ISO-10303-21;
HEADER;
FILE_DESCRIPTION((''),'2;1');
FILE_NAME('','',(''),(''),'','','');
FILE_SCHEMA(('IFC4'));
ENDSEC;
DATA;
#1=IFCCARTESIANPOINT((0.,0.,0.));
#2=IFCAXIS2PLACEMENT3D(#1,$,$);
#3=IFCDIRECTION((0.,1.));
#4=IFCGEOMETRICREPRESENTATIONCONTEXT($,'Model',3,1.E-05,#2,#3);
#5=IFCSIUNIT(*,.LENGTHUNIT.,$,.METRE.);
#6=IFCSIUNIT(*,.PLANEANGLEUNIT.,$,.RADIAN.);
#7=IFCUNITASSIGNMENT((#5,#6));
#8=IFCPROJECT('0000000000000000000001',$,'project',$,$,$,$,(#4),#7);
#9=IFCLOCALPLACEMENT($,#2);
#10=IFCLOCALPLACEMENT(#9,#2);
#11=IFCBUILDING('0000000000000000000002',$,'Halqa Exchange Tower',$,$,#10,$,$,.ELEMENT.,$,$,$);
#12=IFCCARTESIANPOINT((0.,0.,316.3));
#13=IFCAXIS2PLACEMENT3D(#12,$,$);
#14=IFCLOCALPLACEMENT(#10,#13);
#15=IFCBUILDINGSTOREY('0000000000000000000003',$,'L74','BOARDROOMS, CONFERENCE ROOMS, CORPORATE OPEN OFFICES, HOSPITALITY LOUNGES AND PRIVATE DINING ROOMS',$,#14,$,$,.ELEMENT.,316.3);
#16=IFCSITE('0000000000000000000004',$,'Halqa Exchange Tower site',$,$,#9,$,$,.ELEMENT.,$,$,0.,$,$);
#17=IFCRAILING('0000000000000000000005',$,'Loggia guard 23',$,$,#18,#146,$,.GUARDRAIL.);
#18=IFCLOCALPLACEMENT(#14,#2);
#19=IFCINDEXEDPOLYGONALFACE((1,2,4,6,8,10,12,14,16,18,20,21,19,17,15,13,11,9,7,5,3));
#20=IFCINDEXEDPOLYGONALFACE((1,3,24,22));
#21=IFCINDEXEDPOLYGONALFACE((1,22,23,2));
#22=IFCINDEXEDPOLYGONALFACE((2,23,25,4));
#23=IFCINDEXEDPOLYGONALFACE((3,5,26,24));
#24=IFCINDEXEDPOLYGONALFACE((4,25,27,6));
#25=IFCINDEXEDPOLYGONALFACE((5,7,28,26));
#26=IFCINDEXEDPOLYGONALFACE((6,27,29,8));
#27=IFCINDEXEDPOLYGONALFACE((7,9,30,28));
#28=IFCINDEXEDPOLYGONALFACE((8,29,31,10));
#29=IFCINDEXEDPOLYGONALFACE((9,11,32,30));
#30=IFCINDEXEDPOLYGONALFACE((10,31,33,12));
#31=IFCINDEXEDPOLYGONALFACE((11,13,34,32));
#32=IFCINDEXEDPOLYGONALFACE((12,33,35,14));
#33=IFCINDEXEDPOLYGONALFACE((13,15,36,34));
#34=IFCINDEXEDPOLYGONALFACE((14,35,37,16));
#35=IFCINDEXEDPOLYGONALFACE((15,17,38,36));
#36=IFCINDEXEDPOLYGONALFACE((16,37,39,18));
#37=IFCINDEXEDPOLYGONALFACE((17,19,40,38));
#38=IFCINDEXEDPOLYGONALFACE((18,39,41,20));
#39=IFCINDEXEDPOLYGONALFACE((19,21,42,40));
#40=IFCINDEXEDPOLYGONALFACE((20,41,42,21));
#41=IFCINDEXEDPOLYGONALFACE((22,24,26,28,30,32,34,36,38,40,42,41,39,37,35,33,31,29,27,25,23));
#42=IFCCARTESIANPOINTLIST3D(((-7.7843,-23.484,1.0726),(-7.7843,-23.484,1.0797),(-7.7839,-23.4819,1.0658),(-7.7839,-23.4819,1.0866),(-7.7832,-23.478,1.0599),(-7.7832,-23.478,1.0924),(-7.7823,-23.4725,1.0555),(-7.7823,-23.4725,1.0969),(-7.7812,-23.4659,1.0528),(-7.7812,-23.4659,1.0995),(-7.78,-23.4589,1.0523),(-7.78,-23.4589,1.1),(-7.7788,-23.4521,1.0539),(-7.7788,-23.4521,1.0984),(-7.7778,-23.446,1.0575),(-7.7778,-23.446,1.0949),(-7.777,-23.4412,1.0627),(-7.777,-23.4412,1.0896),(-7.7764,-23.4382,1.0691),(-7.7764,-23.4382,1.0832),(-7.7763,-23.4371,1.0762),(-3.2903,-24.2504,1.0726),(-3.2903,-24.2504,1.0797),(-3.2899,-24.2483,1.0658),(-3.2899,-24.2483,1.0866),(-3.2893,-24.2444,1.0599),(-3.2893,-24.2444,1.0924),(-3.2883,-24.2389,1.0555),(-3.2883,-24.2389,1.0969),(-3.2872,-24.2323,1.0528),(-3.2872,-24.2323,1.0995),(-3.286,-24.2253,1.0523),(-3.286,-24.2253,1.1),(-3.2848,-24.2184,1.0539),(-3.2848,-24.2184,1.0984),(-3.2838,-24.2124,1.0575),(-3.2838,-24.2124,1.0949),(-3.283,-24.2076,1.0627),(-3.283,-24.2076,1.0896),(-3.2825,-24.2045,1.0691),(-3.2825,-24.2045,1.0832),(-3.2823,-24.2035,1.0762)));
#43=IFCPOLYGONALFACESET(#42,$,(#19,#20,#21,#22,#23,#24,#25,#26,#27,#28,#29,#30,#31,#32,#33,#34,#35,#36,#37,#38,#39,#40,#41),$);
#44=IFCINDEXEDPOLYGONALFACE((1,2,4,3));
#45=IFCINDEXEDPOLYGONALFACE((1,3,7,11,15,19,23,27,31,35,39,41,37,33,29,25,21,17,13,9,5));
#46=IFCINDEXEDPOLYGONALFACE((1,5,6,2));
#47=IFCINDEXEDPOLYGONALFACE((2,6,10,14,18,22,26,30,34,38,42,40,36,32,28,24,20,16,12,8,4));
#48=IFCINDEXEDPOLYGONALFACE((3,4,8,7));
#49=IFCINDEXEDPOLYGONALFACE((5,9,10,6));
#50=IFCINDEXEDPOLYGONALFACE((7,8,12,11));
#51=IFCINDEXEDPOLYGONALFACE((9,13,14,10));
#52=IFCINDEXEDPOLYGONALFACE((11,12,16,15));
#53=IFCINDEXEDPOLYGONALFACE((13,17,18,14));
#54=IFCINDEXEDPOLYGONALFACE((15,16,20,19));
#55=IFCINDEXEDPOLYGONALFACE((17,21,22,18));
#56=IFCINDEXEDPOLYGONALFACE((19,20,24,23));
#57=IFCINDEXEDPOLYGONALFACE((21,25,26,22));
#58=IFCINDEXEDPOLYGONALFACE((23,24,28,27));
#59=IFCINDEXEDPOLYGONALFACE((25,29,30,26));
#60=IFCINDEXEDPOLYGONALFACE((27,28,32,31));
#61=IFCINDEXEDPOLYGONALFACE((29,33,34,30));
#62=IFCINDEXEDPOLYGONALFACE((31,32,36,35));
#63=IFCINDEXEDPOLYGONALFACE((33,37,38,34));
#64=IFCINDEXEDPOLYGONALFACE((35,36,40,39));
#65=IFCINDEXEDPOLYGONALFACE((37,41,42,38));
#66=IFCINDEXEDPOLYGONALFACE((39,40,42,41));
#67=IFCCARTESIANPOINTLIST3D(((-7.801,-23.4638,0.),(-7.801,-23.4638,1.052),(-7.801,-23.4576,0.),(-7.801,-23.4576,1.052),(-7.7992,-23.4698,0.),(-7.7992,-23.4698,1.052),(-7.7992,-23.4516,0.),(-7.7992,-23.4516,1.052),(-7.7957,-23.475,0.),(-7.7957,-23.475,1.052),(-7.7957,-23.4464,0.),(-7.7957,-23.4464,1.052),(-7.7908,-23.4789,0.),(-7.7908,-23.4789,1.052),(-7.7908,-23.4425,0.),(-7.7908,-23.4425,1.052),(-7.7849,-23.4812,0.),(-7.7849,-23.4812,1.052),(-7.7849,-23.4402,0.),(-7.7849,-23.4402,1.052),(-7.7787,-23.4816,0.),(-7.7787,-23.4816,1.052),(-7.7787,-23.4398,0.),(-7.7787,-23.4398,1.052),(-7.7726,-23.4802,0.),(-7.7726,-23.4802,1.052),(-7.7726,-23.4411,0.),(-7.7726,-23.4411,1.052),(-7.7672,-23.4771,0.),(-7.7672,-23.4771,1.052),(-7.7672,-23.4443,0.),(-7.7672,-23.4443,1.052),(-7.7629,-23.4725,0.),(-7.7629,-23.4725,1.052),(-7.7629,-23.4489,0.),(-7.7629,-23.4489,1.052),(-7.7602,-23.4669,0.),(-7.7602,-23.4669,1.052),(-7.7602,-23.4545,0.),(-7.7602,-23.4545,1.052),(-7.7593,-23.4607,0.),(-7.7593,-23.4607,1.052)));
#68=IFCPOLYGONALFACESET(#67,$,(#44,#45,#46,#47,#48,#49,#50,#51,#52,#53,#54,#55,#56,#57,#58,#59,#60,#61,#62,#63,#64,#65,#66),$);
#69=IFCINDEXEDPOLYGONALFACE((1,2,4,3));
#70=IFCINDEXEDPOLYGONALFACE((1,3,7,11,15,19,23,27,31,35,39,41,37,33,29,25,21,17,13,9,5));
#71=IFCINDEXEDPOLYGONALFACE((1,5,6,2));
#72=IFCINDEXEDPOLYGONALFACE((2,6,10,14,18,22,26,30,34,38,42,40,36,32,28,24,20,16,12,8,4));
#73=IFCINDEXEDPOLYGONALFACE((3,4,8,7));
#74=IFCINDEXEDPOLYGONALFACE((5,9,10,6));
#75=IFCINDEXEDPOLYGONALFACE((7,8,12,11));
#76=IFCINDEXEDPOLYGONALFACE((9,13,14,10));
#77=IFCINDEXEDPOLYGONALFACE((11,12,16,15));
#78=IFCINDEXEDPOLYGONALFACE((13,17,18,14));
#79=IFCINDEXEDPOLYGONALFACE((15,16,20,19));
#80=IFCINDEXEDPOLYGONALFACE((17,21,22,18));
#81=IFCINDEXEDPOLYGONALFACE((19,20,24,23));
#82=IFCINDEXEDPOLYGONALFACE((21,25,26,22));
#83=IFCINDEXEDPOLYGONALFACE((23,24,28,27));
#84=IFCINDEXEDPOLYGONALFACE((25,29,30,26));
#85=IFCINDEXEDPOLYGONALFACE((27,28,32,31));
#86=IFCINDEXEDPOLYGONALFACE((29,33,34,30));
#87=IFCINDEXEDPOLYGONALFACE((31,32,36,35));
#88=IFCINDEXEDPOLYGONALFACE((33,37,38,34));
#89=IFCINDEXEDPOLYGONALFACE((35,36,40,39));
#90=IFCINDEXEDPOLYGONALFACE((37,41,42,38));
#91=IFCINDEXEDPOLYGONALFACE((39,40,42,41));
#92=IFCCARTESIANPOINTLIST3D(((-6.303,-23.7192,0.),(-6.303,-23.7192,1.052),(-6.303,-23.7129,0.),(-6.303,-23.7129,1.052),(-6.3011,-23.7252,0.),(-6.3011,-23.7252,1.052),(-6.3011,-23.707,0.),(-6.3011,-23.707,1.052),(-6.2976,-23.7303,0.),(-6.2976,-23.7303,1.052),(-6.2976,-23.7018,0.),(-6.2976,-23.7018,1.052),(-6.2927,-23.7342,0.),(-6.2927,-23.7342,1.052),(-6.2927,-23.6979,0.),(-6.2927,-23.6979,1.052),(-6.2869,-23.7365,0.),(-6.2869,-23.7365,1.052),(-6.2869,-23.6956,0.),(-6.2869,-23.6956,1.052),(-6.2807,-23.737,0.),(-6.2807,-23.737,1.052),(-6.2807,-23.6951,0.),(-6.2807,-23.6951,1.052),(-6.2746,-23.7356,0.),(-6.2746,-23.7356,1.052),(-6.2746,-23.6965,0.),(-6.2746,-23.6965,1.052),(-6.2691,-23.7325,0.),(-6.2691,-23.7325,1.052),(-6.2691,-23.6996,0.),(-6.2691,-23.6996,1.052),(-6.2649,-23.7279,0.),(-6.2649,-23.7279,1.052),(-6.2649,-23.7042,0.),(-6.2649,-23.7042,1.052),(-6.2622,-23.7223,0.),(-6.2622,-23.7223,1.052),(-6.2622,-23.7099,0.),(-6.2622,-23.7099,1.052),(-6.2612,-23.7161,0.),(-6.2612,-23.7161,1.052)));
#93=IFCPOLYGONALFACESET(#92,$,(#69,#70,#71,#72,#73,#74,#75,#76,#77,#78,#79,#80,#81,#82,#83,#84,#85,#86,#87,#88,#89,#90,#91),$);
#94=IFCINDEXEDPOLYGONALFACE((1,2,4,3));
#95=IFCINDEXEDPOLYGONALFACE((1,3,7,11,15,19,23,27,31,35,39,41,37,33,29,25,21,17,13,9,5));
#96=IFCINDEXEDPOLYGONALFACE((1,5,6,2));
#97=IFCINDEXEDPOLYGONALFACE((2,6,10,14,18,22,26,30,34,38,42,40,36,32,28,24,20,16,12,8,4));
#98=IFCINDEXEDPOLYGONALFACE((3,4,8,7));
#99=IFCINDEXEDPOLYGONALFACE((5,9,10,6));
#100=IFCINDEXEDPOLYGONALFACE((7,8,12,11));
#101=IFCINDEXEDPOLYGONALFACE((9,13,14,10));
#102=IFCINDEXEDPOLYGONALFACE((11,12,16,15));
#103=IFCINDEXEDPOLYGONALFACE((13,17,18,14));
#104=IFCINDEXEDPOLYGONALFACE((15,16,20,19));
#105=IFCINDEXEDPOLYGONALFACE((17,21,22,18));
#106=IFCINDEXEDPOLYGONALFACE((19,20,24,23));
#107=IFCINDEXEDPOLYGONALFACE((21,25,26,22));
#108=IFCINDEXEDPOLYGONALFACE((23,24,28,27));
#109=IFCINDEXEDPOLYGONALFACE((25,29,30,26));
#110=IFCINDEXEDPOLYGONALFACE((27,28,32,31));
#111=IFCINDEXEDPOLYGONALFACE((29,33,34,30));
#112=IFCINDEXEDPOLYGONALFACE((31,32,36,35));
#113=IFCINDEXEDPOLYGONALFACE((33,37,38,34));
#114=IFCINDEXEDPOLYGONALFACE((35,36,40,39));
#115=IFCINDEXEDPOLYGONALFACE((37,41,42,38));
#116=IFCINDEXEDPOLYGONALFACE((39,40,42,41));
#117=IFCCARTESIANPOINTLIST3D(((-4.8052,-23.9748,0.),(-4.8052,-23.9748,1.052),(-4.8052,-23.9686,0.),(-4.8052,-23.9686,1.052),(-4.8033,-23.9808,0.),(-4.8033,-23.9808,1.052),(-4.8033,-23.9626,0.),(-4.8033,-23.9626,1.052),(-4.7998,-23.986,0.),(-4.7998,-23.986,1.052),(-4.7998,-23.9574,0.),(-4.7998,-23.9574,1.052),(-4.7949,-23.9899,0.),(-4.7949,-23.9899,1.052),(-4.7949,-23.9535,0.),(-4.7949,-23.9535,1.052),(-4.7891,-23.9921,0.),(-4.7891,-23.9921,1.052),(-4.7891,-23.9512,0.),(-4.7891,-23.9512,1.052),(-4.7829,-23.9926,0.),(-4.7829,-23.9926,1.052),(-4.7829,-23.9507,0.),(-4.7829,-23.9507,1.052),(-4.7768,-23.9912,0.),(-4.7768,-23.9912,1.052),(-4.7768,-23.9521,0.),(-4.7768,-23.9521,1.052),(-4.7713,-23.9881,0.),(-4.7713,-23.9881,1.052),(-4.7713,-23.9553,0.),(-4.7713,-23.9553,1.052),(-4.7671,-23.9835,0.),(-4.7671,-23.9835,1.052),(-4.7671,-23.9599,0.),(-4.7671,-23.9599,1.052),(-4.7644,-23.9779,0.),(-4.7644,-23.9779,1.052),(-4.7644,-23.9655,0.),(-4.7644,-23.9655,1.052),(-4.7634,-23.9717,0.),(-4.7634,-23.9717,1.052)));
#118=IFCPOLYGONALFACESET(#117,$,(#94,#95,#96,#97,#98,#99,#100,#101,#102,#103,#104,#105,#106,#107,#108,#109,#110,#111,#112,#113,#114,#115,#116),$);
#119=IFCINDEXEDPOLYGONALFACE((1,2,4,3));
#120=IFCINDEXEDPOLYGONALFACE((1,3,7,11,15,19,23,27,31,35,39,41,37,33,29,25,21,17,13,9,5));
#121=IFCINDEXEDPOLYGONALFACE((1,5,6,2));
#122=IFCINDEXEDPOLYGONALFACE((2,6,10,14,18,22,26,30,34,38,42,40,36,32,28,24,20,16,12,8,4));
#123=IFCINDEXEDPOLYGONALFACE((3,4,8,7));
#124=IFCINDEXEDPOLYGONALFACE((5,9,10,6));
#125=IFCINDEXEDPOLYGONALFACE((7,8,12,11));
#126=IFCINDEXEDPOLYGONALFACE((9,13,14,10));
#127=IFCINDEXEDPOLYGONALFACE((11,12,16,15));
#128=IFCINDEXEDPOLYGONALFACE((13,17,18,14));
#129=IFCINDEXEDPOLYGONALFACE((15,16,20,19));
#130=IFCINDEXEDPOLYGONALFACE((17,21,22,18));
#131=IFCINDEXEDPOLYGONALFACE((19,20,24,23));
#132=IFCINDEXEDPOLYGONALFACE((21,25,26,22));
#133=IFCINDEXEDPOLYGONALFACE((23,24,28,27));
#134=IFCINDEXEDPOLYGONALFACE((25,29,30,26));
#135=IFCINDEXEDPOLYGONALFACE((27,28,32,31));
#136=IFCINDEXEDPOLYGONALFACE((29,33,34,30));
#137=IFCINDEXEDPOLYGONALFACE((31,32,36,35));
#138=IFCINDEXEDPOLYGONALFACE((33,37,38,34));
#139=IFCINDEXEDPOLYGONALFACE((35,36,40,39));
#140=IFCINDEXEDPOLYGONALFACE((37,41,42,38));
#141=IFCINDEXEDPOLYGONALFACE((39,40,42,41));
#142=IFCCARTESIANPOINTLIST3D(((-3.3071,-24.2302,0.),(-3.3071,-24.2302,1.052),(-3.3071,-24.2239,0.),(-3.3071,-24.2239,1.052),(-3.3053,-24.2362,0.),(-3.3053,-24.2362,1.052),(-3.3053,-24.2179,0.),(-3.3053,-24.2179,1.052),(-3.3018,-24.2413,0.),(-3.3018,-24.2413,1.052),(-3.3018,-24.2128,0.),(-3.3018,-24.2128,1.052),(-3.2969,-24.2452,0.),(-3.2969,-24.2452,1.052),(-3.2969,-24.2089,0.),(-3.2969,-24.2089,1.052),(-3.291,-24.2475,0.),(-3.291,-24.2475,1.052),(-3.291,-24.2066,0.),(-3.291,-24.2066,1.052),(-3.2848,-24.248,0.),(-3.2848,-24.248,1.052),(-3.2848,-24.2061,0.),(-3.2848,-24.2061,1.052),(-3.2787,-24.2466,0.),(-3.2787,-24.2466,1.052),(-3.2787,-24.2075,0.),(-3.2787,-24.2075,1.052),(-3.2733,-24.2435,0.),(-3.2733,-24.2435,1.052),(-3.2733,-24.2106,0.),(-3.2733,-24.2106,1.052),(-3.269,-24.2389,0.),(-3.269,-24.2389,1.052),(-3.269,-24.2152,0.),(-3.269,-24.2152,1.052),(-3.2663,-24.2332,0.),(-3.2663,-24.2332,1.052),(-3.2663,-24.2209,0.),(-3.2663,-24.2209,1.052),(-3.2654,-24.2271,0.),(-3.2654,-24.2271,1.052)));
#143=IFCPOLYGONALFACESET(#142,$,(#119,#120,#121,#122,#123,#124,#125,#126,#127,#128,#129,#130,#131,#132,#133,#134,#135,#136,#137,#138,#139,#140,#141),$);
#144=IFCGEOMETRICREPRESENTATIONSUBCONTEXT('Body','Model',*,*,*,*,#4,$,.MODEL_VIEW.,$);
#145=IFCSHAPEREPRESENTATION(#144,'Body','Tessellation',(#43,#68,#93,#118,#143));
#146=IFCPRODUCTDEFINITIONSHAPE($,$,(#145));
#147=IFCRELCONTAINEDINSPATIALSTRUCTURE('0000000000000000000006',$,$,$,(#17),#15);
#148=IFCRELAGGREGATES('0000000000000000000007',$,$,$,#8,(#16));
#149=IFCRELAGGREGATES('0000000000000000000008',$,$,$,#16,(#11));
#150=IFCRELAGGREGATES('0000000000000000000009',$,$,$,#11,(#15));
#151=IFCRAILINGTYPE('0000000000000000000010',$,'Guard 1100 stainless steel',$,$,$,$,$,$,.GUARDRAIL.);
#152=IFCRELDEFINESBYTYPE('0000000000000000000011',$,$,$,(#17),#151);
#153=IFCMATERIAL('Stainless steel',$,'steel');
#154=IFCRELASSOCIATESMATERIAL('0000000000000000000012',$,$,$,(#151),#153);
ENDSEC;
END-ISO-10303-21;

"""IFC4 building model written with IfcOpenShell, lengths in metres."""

from ifc_helpers import new_model, si_unit, direction, frame, origin, origin_2d, place, context, subcontext, project, spatial, circle, extrude, material, type_object, element, save


model = new_model("IFC4")

# Units and contexts
model_context = context("Model", 3, precision=1e-05, world=origin(), true_north=direction((0.0, 1.0)))
body_context = subcontext(model_context, "Body", "Model", "MODEL_VIEW")
ifc_project = project(units=[si_unit("LENGTHUNIT", "METRE"), si_unit("PLANEANGLEUNIT", "RADIAN")], contexts=[model_context])

# Site, building, storey
site_placement = place(None, origin())
site = spatial("IfcSite", under=ifc_project, at=site_placement, Name="Halqa Exchange Tower site", CompositionType="ELEMENT", RefElevation=0.0)
building_placement = place(site_placement, origin())
building = spatial("IfcBuilding", under=site, at=building_placement, Name="Halqa Exchange Tower", CompositionType="ELEMENT")
storey_placement = place(building_placement, frame((0.0, 0.0, 316.3)))
storey = spatial("IfcBuildingStorey", under=building, at=storey_placement, Name="L74", Description="BOARDROOMS, CONFERENCE ROOMS, CORPORATE OPEN OFFICES, HOSPITALITY LOUNGES AND PRIVATE DINING ROOMS", CompositionType="ELEMENT", Elevation=316.3)

# Railing
ifc_material_1 = material(Name="Stainless steel", Category="steel")
railing_type = type_object("IfcRailingType", Name="Guard 1100 stainless steel", PredefinedType="GUARDRAIL", material=ifc_material_1)
railing_1_placement = place(storey_placement, frame((-7.7803, -23.4607, 0.0)))
element("IfcRailing", 1, at=railing_1_placement, inside=storey, type_object=railing_type, Name="Loggia guard 23", PredefinedType="GUARDRAIL", context=body_context, shape_type="SweptSolid", body=[
    extrude(circle(Radius=0.0239, at=origin_2d()), frame((0.0, 0.0, 1.0762), z_axis=(0.985769, -0.168106, 0.0), x_axis=(0.168106, 0.985769, 0.0)), (0.0, 0.0, 1.0), 4.5588),
    extrude(circle(Radius=0.021, at=origin_2d()), origin(), (0.0, 0.0, 1.0), 1.052),
    extrude(circle(Radius=0.021, at=origin_2d()), frame((1.498, -0.2554, 0.0)), (0.0, 0.0, 1.0), 1.052),
    extrude(circle(Radius=0.021, at=origin_2d()), frame((2.9958, -0.511, 0.0)), (0.0, 0.0, 1.0), 1.052),
    extrude(circle(Radius=0.021, at=origin_2d()), frame((4.4939, -0.7664, 0.0)), (0.0, 0.0, 1.0), 1.052),
])

save(model, "model.ifc")
